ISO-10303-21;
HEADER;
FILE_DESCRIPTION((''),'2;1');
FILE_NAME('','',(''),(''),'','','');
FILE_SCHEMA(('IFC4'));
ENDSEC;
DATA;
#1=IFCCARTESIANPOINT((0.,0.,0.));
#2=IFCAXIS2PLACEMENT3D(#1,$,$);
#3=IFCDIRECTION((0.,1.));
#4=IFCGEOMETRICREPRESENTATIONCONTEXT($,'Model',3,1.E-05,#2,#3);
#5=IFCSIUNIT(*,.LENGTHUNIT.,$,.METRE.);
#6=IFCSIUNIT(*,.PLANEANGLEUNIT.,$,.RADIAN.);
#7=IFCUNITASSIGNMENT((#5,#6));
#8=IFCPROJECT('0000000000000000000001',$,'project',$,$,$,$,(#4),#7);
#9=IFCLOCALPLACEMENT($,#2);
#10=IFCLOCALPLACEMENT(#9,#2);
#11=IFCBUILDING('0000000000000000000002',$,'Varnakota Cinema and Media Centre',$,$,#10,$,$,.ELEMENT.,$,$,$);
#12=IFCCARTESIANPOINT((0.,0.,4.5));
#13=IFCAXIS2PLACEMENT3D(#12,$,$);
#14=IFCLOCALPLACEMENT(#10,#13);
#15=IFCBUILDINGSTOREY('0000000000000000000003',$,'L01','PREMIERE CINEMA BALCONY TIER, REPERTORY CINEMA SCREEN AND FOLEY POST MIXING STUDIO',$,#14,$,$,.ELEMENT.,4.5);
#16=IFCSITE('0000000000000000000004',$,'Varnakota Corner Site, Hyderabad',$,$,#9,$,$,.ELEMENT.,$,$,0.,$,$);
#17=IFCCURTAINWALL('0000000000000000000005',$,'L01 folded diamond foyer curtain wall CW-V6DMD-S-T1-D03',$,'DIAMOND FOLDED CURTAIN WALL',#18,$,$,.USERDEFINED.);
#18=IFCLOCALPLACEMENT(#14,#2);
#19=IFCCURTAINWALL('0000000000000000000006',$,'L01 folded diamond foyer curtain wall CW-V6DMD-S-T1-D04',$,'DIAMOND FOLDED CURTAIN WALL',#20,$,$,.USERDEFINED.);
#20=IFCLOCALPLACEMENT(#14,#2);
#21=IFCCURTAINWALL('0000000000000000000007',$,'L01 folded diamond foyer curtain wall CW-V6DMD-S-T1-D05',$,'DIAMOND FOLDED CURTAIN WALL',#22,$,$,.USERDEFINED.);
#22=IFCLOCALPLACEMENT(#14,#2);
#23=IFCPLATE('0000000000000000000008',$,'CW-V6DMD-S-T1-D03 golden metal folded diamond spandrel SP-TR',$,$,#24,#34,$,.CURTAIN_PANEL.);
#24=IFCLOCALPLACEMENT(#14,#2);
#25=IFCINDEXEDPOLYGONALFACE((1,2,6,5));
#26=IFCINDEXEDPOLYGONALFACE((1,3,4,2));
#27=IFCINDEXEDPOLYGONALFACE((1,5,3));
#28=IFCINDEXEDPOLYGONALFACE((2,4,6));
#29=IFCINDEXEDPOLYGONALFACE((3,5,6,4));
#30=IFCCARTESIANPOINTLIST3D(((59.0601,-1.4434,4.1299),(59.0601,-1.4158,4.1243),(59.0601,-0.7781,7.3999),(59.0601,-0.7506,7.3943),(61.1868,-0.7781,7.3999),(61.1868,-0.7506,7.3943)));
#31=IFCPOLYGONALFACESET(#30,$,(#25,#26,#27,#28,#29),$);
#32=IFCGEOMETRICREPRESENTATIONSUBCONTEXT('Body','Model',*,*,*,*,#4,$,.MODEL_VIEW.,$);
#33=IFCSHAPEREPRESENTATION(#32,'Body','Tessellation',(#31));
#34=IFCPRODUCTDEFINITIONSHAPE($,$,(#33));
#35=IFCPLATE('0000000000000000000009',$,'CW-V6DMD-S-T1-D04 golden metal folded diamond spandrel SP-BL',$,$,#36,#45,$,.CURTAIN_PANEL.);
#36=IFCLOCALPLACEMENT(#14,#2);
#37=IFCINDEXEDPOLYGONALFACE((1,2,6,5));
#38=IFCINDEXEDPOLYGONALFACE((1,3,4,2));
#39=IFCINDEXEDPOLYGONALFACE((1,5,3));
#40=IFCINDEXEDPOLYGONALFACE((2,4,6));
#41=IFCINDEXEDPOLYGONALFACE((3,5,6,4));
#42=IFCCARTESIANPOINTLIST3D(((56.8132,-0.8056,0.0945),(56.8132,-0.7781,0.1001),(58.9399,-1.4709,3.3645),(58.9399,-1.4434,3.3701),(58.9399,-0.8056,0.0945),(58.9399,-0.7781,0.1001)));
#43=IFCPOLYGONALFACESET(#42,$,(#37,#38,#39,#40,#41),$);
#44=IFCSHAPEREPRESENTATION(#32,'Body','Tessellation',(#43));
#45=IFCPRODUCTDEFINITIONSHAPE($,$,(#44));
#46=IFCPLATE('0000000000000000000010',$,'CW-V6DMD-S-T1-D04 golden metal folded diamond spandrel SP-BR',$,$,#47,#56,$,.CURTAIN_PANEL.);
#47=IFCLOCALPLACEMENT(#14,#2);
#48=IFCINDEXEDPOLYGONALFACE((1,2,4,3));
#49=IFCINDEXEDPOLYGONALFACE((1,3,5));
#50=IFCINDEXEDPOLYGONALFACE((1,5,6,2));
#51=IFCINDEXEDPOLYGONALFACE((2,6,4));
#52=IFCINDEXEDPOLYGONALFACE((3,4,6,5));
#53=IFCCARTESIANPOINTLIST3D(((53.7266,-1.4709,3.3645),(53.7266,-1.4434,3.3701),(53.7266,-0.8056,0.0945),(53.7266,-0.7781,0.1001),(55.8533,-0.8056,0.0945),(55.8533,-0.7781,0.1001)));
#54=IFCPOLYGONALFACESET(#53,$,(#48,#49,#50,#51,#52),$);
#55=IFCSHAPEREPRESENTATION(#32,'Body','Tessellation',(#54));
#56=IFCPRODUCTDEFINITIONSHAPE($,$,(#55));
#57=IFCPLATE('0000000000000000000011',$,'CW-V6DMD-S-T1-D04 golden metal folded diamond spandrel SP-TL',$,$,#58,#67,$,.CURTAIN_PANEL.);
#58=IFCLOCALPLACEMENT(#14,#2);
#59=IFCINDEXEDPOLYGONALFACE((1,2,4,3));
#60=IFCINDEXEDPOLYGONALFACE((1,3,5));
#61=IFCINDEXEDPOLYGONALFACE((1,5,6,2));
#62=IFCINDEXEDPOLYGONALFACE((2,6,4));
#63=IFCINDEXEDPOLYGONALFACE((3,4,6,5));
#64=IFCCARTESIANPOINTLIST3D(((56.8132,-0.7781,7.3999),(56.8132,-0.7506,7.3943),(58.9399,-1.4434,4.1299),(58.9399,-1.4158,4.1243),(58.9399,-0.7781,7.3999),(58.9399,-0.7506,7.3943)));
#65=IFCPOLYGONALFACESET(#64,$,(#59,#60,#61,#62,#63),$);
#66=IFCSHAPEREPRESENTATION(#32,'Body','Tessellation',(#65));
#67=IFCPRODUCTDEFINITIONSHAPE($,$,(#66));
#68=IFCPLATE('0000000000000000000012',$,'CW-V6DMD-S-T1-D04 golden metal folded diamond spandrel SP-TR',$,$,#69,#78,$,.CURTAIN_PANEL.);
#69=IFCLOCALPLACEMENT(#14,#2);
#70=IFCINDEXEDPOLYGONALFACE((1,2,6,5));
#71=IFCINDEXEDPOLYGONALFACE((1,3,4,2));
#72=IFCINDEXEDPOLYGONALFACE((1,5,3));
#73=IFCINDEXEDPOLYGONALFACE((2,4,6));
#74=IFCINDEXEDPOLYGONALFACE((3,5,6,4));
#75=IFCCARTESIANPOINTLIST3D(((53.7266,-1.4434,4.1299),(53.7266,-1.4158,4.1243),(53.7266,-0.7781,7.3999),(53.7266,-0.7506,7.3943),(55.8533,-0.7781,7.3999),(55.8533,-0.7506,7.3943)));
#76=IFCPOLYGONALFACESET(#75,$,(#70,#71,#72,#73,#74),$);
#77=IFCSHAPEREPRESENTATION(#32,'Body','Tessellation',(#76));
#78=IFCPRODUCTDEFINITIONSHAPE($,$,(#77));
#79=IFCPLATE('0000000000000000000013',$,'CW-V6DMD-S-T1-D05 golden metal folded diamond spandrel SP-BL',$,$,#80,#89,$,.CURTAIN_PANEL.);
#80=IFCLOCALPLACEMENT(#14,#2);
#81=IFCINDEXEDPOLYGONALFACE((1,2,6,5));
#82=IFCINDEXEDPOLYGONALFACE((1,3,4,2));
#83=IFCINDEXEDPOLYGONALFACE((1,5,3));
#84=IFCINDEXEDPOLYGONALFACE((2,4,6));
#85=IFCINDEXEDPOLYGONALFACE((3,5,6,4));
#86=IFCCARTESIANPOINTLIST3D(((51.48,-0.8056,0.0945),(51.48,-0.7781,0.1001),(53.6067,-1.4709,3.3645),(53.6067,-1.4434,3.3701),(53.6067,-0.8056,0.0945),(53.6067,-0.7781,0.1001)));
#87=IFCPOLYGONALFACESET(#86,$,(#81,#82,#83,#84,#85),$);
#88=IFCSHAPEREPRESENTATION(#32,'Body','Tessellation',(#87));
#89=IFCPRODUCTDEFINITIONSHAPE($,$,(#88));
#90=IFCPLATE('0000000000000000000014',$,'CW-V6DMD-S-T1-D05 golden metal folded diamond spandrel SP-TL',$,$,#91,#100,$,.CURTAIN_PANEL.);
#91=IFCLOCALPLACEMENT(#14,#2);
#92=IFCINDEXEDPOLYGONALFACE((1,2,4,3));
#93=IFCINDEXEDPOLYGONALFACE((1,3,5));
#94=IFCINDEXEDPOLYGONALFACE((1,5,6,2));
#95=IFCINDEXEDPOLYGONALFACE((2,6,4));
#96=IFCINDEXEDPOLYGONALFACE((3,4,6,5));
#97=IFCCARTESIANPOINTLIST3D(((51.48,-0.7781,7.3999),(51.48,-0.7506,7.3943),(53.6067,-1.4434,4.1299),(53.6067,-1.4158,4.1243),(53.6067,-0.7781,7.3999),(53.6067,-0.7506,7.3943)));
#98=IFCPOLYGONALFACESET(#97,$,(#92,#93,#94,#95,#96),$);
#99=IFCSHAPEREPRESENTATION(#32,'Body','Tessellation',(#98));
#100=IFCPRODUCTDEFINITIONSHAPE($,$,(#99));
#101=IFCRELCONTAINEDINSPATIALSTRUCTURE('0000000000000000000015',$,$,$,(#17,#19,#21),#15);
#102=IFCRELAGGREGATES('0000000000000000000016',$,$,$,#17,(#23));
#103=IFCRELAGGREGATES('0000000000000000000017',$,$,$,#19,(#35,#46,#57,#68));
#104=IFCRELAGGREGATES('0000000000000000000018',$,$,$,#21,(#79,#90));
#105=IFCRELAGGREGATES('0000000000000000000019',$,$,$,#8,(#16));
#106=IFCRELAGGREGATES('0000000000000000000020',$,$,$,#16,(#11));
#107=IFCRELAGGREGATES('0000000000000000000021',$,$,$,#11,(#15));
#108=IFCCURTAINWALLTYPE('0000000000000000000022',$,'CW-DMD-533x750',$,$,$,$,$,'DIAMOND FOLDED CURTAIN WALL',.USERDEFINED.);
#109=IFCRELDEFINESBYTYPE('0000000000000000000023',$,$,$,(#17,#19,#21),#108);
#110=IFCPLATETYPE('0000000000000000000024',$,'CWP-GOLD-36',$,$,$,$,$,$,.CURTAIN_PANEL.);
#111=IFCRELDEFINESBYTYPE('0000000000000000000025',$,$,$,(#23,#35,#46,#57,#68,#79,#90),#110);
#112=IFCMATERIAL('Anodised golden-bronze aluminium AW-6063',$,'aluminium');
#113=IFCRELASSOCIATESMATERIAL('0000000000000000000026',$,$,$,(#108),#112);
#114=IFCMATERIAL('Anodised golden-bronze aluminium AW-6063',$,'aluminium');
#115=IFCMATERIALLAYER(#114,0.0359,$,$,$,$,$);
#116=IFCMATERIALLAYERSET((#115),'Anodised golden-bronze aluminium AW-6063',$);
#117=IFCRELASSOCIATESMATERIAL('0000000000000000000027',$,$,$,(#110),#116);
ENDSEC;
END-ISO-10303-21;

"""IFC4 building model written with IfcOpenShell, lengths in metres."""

from ifc_helpers import new_model, si_unit, direction, frame, origin, place, context, subcontext, project, spatial, polyline, outline, extrude, material, layer, layer_set, type_object, element, aggregate, save


model = new_model("IFC4")

# Units and contexts
model_context = context("Model", 3, precision=1e-05, world=origin(), true_north=direction((0.0, 1.0)))
body_context = subcontext(model_context, "Body", "Model", "MODEL_VIEW")
ifc_project = project(units=[si_unit("LENGTHUNIT", "METRE"), si_unit("PLANEANGLEUNIT", "RADIAN")], contexts=[model_context])

# Site, building, storey
site_placement = place(None, origin())
site = spatial("IfcSite", under=ifc_project, at=site_placement, Name="Varnakota Corner Site, Hyderabad", CompositionType="ELEMENT", RefElevation=0.0)
building_placement = place(site_placement, origin())
building = spatial("IfcBuilding", under=site, at=building_placement, Name="Varnakota Cinema and Media Centre", CompositionType="ELEMENT")
storey_placement = place(building_placement, frame((0.0, 0.0, 4.5)))
storey = spatial("IfcBuildingStorey", under=building, at=storey_placement, Name="L01", Description="PREMIERE CINEMA BALCONY TIER, REPERTORY CINEMA SCREEN AND FOLEY POST MIXING STUDIO", CompositionType="ELEMENT", Elevation=4.5)

# Shared definitions
ifc_material_1 = material(Name="Anodised golden-bronze aluminium AW-6063", Category="aluminium")
curtain_wall_type = type_object("IfcCurtainWallType", Name="CW-DMD-533x750", ElementType="DIAMOND FOLDED CURTAIN WALL", PredefinedType="USERDEFINED", material=ifc_material_1)

# Curtain walls
curtain_wall_1_placement = place(storey_placement, origin())
curtain_wall_1 = element("IfcCurtainWall", 1, at=curtain_wall_1_placement, inside=storey, type_object=curtain_wall_type, Name="L01 folded diamond foyer curtain wall CW-V6DMD-S-T1-D03", ObjectType="DIAMOND FOLDED CURTAIN WALL", PredefinedType="USERDEFINED")
curtain_wall_2_placement = place(storey_placement, origin())
curtain_wall_2 = element("IfcCurtainWall", 2, at=curtain_wall_2_placement, inside=storey, type_object=curtain_wall_type, Name="L01 folded diamond foyer curtain wall CW-V6DMD-S-T1-D04", ObjectType="DIAMOND FOLDED CURTAIN WALL", PredefinedType="USERDEFINED")

# Curtain wall
curtain_wall_3_placement = place(storey_placement, origin())
curtain_wall_3 = element("IfcCurtainWall", 3, at=curtain_wall_3_placement, inside=storey, type_object=curtain_wall_type, Name="L01 folded diamond foyer curtain wall CW-V6DMD-S-T1-D05", ObjectType="DIAMOND FOLDED CURTAIN WALL", PredefinedType="USERDEFINED")

# Plates
ifc_material_2 = material(Name="Anodised golden-bronze aluminium AW-6063", Category="aluminium")
ifc_layer_1 = layer(ifc_material_2, 0.0359)
ifc_layer_set_1 = layer_set([ifc_layer_1], Name="Anodised golden-bronze aluminium AW-6063")
plate_type_1 = type_object("IfcPlateType", Name="CWP-GOLD-36", PredefinedType="CURTAIN_PANEL", material=ifc_layer_set_1)
plate_1_placement = place(storey_placement, frame((59.0601, -1.4434, 4.1299), z_axis=(0.0, -0.979925, 0.199365), x_axis=(0.0, 0.199365, 0.979925)))
plate_1 = element("IfcPlate", 4, at=plate_1_placement, type_object=plate_type_1, Name="CW-V6DMD-S-T1-D03 golden metal folded diamond spandrel SP-TR", PredefinedType="CURTAIN_PANEL", context=body_context, shape_type="SweptSolid", body=[
    extrude(outline(polyline([(0.0, 0.0), (3.337, 0.0), (3.337, -2.1267), (0.0, 0.0)])), origin(), (0.0, 0.0, -1.0), 0.0281),
])
aggregate(curtain_wall_1, [plate_1])
plate_2_placement = place(storey_placement, frame((58.9399, -0.7781, 0.1001), z_axis=(0.0, 0.979925, 0.199365), x_axis=(-1.0, 0.0, 0.0)))
plate_2 = element("IfcPlate", 5, at=plate_2_placement, type_object=plate_type_1, Name="CW-V6DMD-S-T1-D04 golden metal folded diamond spandrel SP-BL", PredefinedType="CURTAIN_PANEL", context=body_context, shape_type="SweptSolid", body=[
    extrude(outline(polyline([(0.0, 0.0), (2.1267, 0.0), (0.0, 3.337), (0.0, 0.0)])), origin(), (0.0, 0.0, -1.0), 0.0281),
])
plate_3_placement = place(storey_placement, frame((55.8533, -0.7781, 0.1001), z_axis=(0.0, 0.979925, 0.199365), x_axis=(-1.0, 0.0, 0.0)))
plate_3 = element("IfcPlate", 6, at=plate_3_placement, type_object=plate_type_1, Name="CW-V6DMD-S-T1-D04 golden metal folded diamond spandrel SP-BR", PredefinedType="CURTAIN_PANEL", context=body_context, shape_type="SweptSolid", body=[
    extrude(outline(polyline([(0.0, 0.0), (2.1267, 0.0), (2.1267, 3.337), (0.0, 0.0)])), origin(), (0.0, 0.0, -1.0), 0.0281),
])
plate_4_placement = place(storey_placement, frame((58.9399, -1.4434, 4.1299), z_axis=(0.0, -0.979925, 0.199365), x_axis=(-0.537443, 0.168125, 0.826371)))
plate_4 = element("IfcPlate", 7, at=plate_4_placement, type_object=plate_type_1, Name="CW-V6DMD-S-T1-D04 golden metal folded diamond spandrel SP-TL", PredefinedType="CURTAIN_PANEL", context=body_context, shape_type="SweptSolid", body=[
    extrude(outline(polyline([(0.0, 0.0), (3.9571, 0.0), (2.8141, -1.7935), (0.0, 0.0)])), origin(), (0.0, 0.0, -1.0), 0.0281),
])
plate_5_placement = place(storey_placement, frame((53.7266, -1.4434, 4.1299), z_axis=(0.0, -0.979925, 0.199365), x_axis=(0.0, 0.199365, 0.979925)))
plate_5 = element("IfcPlate", 8, at=plate_5_placement, type_object=plate_type_1, Name="CW-V6DMD-S-T1-D04 golden metal folded diamond spandrel SP-TR", PredefinedType="CURTAIN_PANEL", context=body_context, shape_type="SweptSolid", body=[
    extrude(outline(polyline([(0.0, 0.0), (3.337, 0.0), (3.337, -2.1267), (0.0, 0.0)])), origin(), (0.0, 0.0, -1.0), 0.0281),
])
aggregate(curtain_wall_2, [plate_2, plate_3, plate_4, plate_5])
plate_6_placement = place(storey_placement, frame((53.6067, -0.7781, 0.1001), z_axis=(0.0, 0.979925, 0.199365), x_axis=(-1.0, 0.0, 0.0)))
plate_6 = element("IfcPlate", 9, at=plate_6_placement, type_object=plate_type_1, Name="CW-V6DMD-S-T1-D05 golden metal folded diamond spandrel SP-BL", PredefinedType="CURTAIN_PANEL", context=body_context, shape_type="SweptSolid", body=[
    extrude(outline(polyline([(0.0, 0.0), (2.1267, 0.0), (0.0, 3.337), (0.0, 0.0)])), origin(), (0.0, 0.0, -1.0), 0.0281),
])
plate_7_placement = place(storey_placement, frame((53.6067, -1.4434, 4.1299), z_axis=(0.0, -0.979925, 0.199365), x_axis=(-0.537443, 0.168125, 0.826371)))
plate_7 = element("IfcPlate", 10, at=plate_7_placement, type_object=plate_type_1, Name="CW-V6DMD-S-T1-D05 golden metal folded diamond spandrel SP-TL", PredefinedType="CURTAIN_PANEL", context=body_context, shape_type="SweptSolid", body=[
    extrude(outline(polyline([(0.0, 0.0), (3.9571, 0.0), (2.8141, -1.7935), (0.0, 0.0)])), origin(), (0.0, 0.0, -1.0), 0.0281),
])
aggregate(curtain_wall_3, [plate_6, plate_7])

save(model, "model.ifc")
